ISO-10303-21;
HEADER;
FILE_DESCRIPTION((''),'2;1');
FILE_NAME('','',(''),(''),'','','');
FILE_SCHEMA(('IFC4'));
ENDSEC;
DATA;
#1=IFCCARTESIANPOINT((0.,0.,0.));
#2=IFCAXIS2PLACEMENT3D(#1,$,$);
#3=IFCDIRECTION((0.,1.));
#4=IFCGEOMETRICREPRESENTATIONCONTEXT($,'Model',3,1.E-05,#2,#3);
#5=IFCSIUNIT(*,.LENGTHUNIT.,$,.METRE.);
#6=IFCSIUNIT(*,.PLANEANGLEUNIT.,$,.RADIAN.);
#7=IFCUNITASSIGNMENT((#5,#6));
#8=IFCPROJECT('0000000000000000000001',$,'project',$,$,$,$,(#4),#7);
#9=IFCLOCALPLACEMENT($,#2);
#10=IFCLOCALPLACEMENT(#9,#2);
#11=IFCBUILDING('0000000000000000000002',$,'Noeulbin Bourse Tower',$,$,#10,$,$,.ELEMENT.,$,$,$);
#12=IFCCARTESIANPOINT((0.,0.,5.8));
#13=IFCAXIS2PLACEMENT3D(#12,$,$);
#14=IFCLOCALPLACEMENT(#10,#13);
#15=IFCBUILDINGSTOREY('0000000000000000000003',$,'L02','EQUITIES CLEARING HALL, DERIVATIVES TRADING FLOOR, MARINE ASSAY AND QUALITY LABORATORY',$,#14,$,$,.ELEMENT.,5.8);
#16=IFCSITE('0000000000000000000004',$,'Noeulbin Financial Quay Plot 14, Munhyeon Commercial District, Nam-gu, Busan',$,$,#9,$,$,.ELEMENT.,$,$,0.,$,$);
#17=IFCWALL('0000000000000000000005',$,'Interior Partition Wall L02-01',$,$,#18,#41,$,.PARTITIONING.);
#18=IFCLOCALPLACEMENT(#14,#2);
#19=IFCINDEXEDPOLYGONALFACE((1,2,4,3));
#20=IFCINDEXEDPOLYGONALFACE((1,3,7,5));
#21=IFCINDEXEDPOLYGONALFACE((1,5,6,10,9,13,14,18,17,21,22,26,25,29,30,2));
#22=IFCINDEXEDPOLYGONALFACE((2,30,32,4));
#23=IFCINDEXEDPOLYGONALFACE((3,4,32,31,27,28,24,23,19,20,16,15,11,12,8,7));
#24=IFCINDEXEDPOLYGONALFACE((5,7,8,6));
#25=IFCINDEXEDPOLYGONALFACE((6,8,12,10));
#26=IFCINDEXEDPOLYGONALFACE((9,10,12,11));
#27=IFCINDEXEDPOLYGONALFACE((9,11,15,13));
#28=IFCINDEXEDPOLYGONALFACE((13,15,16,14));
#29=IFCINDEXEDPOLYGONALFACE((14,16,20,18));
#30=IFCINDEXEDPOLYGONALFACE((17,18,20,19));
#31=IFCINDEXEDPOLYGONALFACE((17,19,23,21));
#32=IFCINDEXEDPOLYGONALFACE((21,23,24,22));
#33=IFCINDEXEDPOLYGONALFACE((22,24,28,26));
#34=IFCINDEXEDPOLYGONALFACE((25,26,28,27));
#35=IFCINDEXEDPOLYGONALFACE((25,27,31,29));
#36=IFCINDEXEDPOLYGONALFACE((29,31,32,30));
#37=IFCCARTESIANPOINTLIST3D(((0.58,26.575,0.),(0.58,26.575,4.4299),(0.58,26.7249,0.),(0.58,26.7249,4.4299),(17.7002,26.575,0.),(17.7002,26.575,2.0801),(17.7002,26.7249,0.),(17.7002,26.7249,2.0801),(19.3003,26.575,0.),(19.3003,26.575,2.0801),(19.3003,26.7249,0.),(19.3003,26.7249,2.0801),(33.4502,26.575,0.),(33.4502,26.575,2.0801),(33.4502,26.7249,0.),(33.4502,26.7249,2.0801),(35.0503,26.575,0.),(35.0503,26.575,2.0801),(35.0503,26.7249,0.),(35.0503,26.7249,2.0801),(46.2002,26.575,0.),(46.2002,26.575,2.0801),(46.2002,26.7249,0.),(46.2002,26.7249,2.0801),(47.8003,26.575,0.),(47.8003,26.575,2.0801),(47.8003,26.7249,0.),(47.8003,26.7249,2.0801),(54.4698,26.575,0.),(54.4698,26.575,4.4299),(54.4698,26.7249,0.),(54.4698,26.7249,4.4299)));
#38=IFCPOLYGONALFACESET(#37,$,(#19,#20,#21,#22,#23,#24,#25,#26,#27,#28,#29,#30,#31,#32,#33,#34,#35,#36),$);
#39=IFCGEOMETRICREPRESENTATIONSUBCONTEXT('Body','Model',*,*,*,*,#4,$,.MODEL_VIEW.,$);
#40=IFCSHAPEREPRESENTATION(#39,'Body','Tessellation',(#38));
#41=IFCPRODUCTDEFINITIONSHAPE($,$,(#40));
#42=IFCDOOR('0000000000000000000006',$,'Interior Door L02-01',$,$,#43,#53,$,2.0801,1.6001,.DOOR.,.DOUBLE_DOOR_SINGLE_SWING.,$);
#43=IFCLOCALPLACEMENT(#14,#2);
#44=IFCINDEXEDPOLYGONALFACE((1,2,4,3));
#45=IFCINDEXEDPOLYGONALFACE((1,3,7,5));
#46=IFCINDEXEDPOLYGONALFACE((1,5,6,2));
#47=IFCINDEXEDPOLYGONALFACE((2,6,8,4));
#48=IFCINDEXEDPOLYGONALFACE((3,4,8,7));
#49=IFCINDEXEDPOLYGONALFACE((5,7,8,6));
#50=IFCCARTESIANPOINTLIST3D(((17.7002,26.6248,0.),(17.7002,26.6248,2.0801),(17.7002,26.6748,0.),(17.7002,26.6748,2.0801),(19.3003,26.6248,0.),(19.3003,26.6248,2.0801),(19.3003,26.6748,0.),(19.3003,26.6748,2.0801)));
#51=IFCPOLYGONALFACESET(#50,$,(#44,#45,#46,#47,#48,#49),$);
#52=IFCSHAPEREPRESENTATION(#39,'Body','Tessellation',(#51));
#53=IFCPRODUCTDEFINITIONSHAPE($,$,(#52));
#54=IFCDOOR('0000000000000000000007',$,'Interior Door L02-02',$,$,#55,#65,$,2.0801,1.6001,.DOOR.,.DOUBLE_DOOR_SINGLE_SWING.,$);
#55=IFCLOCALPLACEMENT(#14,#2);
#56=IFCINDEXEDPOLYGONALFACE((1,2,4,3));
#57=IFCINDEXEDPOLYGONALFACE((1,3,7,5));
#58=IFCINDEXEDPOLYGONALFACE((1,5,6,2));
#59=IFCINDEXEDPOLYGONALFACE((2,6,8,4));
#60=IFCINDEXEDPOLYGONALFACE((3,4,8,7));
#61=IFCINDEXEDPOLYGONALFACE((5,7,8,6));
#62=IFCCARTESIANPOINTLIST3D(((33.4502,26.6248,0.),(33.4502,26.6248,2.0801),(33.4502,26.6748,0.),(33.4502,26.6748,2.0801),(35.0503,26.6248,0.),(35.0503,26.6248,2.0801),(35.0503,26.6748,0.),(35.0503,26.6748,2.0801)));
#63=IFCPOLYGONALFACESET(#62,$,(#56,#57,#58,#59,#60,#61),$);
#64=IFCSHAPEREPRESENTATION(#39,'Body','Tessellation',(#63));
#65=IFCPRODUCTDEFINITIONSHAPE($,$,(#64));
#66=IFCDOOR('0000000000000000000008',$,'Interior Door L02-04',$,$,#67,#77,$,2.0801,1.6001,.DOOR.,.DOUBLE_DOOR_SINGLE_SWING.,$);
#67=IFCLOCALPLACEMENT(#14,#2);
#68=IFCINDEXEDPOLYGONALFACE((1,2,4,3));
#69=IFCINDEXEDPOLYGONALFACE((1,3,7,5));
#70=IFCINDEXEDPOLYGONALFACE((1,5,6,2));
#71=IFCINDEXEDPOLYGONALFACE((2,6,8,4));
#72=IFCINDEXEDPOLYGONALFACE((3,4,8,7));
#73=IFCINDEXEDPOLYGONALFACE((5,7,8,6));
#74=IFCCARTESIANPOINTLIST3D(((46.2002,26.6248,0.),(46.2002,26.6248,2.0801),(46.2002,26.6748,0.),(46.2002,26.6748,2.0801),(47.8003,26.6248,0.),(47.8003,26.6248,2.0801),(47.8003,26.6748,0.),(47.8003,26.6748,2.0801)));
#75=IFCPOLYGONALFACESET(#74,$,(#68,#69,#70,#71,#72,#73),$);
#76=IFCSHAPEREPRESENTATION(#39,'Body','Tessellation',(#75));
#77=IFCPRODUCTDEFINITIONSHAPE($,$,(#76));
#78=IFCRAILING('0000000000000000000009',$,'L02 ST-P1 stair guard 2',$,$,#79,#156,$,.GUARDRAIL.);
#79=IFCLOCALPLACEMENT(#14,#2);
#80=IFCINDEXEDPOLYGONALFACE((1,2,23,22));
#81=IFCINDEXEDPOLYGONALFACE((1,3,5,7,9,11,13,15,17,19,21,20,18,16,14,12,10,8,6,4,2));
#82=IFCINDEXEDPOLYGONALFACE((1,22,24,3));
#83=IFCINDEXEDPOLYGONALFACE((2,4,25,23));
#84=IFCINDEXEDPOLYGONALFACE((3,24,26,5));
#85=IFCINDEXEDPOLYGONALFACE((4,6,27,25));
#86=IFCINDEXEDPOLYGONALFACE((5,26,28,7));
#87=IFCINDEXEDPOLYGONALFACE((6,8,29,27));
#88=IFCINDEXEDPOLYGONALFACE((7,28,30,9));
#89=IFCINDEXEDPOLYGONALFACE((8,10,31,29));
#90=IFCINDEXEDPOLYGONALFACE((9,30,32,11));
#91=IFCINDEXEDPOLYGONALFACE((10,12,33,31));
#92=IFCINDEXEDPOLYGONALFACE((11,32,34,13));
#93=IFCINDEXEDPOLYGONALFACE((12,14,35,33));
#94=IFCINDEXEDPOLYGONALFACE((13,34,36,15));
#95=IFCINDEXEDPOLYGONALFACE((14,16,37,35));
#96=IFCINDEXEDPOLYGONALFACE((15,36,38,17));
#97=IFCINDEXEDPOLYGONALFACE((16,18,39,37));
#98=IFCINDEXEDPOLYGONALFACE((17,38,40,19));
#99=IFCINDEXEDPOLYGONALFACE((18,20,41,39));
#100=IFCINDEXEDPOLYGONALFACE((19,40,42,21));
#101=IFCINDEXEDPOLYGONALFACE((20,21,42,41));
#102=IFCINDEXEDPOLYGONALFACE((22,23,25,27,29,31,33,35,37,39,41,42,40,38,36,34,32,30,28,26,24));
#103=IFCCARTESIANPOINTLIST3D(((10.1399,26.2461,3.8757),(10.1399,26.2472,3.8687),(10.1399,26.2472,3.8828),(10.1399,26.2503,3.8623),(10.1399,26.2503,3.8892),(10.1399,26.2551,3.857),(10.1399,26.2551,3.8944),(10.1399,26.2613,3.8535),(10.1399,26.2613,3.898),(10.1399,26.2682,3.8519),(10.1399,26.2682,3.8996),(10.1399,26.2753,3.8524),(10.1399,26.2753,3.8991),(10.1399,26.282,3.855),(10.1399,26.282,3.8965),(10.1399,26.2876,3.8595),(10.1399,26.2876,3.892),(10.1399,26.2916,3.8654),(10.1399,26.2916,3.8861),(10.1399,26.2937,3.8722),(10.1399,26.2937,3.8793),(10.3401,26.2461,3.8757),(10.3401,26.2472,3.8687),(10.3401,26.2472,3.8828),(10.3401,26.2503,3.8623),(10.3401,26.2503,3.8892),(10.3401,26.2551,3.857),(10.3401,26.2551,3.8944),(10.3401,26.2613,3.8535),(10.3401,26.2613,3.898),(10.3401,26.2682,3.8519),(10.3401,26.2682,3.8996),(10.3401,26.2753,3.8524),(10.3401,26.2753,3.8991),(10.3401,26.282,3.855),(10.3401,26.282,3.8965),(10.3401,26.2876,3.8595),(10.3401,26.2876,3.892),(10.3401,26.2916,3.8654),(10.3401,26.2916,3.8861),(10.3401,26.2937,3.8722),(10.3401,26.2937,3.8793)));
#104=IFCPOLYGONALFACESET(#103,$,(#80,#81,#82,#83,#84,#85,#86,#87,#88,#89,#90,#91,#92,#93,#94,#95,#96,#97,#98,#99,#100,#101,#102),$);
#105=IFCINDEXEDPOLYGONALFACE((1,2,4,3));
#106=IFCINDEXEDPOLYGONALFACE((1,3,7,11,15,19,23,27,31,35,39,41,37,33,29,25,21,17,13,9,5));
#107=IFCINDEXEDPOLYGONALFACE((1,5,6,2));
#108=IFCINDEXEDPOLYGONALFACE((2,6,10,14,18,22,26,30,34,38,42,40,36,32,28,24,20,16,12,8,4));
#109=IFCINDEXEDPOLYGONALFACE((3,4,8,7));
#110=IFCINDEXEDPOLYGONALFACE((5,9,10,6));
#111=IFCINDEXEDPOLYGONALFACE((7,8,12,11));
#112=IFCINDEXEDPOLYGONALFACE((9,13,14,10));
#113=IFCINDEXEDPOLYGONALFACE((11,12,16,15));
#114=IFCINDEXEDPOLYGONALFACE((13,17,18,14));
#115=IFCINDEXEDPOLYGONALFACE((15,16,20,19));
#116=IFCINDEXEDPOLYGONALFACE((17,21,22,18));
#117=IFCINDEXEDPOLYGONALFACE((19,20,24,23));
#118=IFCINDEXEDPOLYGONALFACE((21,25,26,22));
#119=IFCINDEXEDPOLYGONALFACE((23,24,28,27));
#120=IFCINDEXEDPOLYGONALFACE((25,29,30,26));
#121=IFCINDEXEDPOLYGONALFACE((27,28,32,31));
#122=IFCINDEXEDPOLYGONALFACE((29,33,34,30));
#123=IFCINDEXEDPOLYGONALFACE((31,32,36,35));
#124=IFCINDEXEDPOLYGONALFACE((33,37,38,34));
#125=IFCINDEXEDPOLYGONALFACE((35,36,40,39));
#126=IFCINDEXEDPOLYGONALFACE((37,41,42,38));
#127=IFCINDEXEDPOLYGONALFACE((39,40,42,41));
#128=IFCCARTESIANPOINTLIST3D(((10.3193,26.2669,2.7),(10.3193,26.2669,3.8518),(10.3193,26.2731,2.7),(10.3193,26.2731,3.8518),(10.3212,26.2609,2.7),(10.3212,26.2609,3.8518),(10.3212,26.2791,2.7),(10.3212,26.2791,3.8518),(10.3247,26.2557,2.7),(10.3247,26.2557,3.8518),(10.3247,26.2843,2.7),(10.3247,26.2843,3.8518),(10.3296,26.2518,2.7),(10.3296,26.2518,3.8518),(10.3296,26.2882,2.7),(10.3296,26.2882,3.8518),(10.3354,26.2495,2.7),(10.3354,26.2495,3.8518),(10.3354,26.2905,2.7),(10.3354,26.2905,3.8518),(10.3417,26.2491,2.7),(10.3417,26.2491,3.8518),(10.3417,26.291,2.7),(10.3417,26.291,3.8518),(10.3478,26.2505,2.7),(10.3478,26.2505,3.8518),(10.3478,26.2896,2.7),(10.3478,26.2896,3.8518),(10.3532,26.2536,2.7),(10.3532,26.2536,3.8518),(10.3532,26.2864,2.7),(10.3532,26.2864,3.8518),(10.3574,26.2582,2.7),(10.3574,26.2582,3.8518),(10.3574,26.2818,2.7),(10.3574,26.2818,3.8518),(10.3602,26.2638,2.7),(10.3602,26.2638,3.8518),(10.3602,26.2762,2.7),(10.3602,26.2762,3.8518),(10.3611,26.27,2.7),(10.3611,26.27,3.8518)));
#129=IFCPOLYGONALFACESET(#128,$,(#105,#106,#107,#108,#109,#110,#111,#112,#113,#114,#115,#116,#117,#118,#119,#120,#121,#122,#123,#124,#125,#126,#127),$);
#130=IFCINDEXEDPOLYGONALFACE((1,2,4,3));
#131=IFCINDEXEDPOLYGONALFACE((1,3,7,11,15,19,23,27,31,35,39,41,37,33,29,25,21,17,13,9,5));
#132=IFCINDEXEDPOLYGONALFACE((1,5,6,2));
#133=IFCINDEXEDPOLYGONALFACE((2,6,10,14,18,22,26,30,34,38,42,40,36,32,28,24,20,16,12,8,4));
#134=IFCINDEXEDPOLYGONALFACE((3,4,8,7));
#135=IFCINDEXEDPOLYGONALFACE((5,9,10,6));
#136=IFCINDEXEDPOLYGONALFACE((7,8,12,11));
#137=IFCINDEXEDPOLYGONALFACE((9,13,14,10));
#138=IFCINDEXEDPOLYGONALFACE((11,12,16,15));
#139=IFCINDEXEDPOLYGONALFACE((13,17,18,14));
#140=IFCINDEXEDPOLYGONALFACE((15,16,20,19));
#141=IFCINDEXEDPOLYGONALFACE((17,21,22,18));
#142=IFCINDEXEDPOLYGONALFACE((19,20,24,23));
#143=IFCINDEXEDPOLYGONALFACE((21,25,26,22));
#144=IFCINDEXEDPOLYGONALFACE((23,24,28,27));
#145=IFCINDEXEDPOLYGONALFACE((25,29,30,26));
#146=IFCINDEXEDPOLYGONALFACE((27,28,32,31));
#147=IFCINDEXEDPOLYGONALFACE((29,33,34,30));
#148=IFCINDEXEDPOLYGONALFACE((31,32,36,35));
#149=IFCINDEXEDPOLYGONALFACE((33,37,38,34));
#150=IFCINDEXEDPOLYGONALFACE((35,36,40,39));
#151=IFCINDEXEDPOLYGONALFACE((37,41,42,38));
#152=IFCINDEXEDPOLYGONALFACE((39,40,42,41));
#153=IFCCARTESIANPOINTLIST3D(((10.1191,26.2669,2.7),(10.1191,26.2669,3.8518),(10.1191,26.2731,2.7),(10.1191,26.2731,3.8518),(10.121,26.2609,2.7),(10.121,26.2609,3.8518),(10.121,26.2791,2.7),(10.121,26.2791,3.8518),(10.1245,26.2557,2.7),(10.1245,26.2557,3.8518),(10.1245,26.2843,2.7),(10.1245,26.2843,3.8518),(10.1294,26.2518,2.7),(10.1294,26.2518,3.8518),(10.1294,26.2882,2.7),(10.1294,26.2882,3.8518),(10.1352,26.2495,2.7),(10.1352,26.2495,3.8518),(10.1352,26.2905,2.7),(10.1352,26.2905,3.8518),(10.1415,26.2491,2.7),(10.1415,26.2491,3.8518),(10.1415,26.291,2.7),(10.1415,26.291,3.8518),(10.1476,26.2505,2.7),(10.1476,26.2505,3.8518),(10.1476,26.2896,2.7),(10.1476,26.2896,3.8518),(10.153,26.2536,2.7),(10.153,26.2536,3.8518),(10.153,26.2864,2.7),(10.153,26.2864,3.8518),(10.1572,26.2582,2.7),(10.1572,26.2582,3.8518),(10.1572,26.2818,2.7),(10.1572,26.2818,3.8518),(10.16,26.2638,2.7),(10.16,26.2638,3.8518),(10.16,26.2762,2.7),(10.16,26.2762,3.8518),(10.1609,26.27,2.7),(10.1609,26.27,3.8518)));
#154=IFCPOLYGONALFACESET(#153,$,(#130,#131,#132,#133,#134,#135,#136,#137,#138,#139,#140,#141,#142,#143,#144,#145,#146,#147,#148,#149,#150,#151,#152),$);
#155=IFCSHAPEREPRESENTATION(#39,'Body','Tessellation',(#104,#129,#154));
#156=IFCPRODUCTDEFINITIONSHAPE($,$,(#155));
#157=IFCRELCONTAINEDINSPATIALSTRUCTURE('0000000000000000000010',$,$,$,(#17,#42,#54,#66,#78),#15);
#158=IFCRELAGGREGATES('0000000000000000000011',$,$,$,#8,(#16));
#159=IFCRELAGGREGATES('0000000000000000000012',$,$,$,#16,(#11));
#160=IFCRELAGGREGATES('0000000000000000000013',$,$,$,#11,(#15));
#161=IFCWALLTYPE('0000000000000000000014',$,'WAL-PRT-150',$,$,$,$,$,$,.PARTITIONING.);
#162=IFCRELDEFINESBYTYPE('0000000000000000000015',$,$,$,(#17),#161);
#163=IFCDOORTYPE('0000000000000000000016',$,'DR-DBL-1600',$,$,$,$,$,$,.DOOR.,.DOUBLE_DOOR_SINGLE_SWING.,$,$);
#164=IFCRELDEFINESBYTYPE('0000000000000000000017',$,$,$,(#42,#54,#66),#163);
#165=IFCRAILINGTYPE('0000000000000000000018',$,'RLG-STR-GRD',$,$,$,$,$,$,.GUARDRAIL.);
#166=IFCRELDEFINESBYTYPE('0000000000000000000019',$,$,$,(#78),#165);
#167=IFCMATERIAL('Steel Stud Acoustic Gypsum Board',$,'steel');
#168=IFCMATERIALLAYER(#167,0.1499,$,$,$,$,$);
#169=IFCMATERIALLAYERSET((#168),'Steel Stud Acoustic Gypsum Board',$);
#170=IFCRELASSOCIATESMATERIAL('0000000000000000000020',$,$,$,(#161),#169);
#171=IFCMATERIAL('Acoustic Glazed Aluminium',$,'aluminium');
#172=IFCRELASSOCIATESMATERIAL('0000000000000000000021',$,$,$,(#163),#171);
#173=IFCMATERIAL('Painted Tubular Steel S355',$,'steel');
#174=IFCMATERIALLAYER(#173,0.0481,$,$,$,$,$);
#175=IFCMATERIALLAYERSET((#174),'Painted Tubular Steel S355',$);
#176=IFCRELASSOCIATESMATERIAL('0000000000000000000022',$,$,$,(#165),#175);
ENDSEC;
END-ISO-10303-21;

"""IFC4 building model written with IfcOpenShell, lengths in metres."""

from ifc_helpers import new_model, si_unit, direction, frame, frame_2d, origin, origin_2d, place, context, subcontext, project, spatial, rectangle, circle, extrude, material, layer, layer_set, type_object, element, fill, save


model = new_model("IFC4")

# Units and contexts
model_context = context("Model", 3, precision=1e-05, world=origin(), true_north=direction((0.0, 1.0)))
body_context = subcontext(model_context, "Body", "Model", "MODEL_VIEW")
ifc_project = project(units=[si_unit("LENGTHUNIT", "METRE"), si_unit("PLANEANGLEUNIT", "RADIAN")], contexts=[model_context])

# Site, building, storey
site_placement = place(None, origin())
site = spatial("IfcSite", under=ifc_project, at=site_placement, Name="Noeulbin Financial Quay Plot 14, Munhyeon Commercial District, Nam-gu, Busan", CompositionType="ELEMENT", RefElevation=0.0)
building_placement = place(site_placement, origin())
building = spatial("IfcBuilding", under=site, at=building_placement, Name="Noeulbin Bourse Tower", CompositionType="ELEMENT")
storey_placement = place(building_placement, frame((0.0, 0.0, 5.8)))
storey = spatial("IfcBuildingStorey", under=building, at=storey_placement, Name="L02", Description="EQUITIES CLEARING HALL, DERIVATIVES TRADING FLOOR, MARINE ASSAY AND QUALITY LABORATORY", CompositionType="ELEMENT", Elevation=5.8)

# Wall, openings, doors
ifc_material_1 = material(Name="Steel Stud Acoustic Gypsum Board", Category="steel")
ifc_layer_1 = layer(ifc_material_1, 0.1499)
ifc_layer_set_1 = layer_set([ifc_layer_1], Name="Steel Stud Acoustic Gypsum Board")
wall_type_1 = type_object("IfcWallType", Name="WAL-PRT-150", PredefinedType="PARTITIONING", material=ifc_layer_set_1)
wall_1_placement = place(storey_placement, frame((0.5801, 26.6499, 0.0), z_axis=(0.0, 0.0, 1.0), x_axis=(1.0, 0.0, 0.0)))
wall_1 = element("IfcWall", 1, at=wall_1_placement, inside=storey, type_object=wall_type_1, Name="Interior Partition Wall L02-01", PredefinedType="PARTITIONING", context=body_context, shape_type="SweptSolid", body=[
    extrude(rectangle(XDim=53.8899, YDim=0.1499, at=frame_2d((26.9448, 0.0))), origin(), (0.0, 0.0, 1.0), 4.4299),
])
opening_1_placement = place(wall_1_placement, frame((17.1201, 0.0, 0.0)))
opening_1 = element("IfcOpeningElement", 2, at=opening_1_placement, cuts=wall_1, PredefinedType="OPENING", context=body_context, shape_type="SweptSolid", body=[
    extrude(rectangle(XDim=1.6001, YDim=2.0801, at=frame_2d((0.8, 1.04))), frame((0.0, 0.085, 0.0), z_axis=(0.0, -1.0, 0.0), x_axis=(1.0, 0.0, 0.0)), (0.0, 0.0, 1.0), 0.1699),
])
opening_2_placement = place(wall_1_placement, frame((32.8701, 0.0, 0.0)))
opening_2 = element("IfcOpeningElement", 3, at=opening_2_placement, cuts=wall_1, PredefinedType="OPENING", context=body_context, shape_type="SweptSolid", body=[
    extrude(rectangle(XDim=1.6001, YDim=2.0801, at=frame_2d((0.8, 1.04))), frame((0.0, 0.085, 0.0), z_axis=(0.0, -1.0, 0.0), x_axis=(1.0, 0.0, 0.0)), (0.0, 0.0, 1.0), 0.1699),
])
opening_3_placement = place(wall_1_placement, frame((45.6201, 0.0, 0.0)))
opening_3 = element("IfcOpeningElement", 4, at=opening_3_placement, cuts=wall_1, PredefinedType="OPENING", context=body_context, shape_type="SweptSolid", body=[
    extrude(rectangle(XDim=1.6001, YDim=2.0801, at=frame_2d((0.8, 1.04))), frame((0.0, 0.085, 0.0), z_axis=(0.0, -1.0, 0.0), x_axis=(1.0, 0.0, 0.0)), (0.0, 0.0, 1.0), 0.1699),
])
ifc_material_2 = material(Name="Acoustic Glazed Aluminium", Category="aluminium")
door_type = type_object("IfcDoorType", Name="DR-DBL-1600", OperationType="DOUBLE_DOOR_SINGLE_SWING", PredefinedType="DOOR", material=ifc_material_2)
door_1_placement = place(opening_1_placement, origin())
door_1 = element("IfcDoor", 5, at=door_1_placement, inside=storey, type_object=door_type, Name="Interior Door L02-01", OperationType="DOUBLE_DOOR_SINGLE_SWING", OverallHeight=2.0801, OverallWidth=1.6001, PredefinedType="DOOR", context=body_context, shape_type="SweptSolid", body=[
    extrude(rectangle(XDim=1.6001, YDim=2.0801, at=frame_2d((0.8, 1.04))), frame((0.0, 0.0249, 0.0), z_axis=(0.0, -1.0, 0.0), x_axis=(1.0, 0.0, 0.0)), (0.0, 0.0, 1.0), 0.05),
])
fill(opening_1, door_1)
door_2_placement = place(opening_2_placement, origin())
door_2 = element("IfcDoor", 6, at=door_2_placement, inside=storey, type_object=door_type, Name="Interior Door L02-02", OperationType="DOUBLE_DOOR_SINGLE_SWING", OverallHeight=2.0801, OverallWidth=1.6001, PredefinedType="DOOR", context=body_context, shape_type="SweptSolid", body=[
    extrude(rectangle(XDim=1.6001, YDim=2.0801, at=frame_2d((0.8, 1.04))), frame((0.0, 0.0249, 0.0), z_axis=(0.0, -1.0, 0.0), x_axis=(1.0, 0.0, 0.0)), (0.0, 0.0, 1.0), 0.05),
])
fill(opening_2, door_2)
door_3_placement = place(opening_3_placement, origin())
door_3 = element("IfcDoor", 7, at=door_3_placement, inside=storey, type_object=door_type, Name="Interior Door L02-04", OperationType="DOUBLE_DOOR_SINGLE_SWING", OverallHeight=2.0801, OverallWidth=1.6001, PredefinedType="DOOR", context=body_context, shape_type="SweptSolid", body=[
    extrude(rectangle(XDim=1.6001, YDim=2.0801, at=frame_2d((0.8, 1.04))), frame((0.0, 0.0249, 0.0), z_axis=(0.0, -1.0, 0.0), x_axis=(1.0, 0.0, 0.0)), (0.0, 0.0, 1.0), 0.05),
])
fill(opening_3, door_3)

# Railing
ifc_material_3 = material(Name="Painted Tubular Steel S355", Category="steel")
ifc_layer_2 = layer(ifc_material_3, 0.0481)
ifc_layer_set_2 = layer_set([ifc_layer_2], Name="Painted Tubular Steel S355")
railing_type = type_object("IfcRailingType", Name="RLG-STR-GRD", PredefinedType="GUARDRAIL", material=ifc_layer_set_2)
railing_1_placement = place(storey_placement, frame((10.3401, 26.27, 2.7)))
element("IfcRailing", 8, at=railing_1_placement, inside=storey, type_object=railing_type, Name="L02 ST-P1 stair guard 2", PredefinedType="GUARDRAIL", context=body_context, shape_type="SweptSolid", body=[
    extrude(circle(Radius=0.0239, at=origin_2d()), frame((0.0, 0.0, 1.1758), z_axis=(-1.0, 0.0, 0.0), x_axis=(0.0, -1.0, 0.0)), (0.0, 0.0, 1.0), 0.2002),
    extrude(circle(Radius=0.021, at=origin_2d()), origin(), (0.0, 0.0, 1.0), 1.1519),
    extrude(circle(Radius=0.021, at=origin_2d()), frame((-0.2002, 0.0, 0.0)), (0.0, 0.0, 1.0), 1.1519),
])

save(model, "model.ifc")
